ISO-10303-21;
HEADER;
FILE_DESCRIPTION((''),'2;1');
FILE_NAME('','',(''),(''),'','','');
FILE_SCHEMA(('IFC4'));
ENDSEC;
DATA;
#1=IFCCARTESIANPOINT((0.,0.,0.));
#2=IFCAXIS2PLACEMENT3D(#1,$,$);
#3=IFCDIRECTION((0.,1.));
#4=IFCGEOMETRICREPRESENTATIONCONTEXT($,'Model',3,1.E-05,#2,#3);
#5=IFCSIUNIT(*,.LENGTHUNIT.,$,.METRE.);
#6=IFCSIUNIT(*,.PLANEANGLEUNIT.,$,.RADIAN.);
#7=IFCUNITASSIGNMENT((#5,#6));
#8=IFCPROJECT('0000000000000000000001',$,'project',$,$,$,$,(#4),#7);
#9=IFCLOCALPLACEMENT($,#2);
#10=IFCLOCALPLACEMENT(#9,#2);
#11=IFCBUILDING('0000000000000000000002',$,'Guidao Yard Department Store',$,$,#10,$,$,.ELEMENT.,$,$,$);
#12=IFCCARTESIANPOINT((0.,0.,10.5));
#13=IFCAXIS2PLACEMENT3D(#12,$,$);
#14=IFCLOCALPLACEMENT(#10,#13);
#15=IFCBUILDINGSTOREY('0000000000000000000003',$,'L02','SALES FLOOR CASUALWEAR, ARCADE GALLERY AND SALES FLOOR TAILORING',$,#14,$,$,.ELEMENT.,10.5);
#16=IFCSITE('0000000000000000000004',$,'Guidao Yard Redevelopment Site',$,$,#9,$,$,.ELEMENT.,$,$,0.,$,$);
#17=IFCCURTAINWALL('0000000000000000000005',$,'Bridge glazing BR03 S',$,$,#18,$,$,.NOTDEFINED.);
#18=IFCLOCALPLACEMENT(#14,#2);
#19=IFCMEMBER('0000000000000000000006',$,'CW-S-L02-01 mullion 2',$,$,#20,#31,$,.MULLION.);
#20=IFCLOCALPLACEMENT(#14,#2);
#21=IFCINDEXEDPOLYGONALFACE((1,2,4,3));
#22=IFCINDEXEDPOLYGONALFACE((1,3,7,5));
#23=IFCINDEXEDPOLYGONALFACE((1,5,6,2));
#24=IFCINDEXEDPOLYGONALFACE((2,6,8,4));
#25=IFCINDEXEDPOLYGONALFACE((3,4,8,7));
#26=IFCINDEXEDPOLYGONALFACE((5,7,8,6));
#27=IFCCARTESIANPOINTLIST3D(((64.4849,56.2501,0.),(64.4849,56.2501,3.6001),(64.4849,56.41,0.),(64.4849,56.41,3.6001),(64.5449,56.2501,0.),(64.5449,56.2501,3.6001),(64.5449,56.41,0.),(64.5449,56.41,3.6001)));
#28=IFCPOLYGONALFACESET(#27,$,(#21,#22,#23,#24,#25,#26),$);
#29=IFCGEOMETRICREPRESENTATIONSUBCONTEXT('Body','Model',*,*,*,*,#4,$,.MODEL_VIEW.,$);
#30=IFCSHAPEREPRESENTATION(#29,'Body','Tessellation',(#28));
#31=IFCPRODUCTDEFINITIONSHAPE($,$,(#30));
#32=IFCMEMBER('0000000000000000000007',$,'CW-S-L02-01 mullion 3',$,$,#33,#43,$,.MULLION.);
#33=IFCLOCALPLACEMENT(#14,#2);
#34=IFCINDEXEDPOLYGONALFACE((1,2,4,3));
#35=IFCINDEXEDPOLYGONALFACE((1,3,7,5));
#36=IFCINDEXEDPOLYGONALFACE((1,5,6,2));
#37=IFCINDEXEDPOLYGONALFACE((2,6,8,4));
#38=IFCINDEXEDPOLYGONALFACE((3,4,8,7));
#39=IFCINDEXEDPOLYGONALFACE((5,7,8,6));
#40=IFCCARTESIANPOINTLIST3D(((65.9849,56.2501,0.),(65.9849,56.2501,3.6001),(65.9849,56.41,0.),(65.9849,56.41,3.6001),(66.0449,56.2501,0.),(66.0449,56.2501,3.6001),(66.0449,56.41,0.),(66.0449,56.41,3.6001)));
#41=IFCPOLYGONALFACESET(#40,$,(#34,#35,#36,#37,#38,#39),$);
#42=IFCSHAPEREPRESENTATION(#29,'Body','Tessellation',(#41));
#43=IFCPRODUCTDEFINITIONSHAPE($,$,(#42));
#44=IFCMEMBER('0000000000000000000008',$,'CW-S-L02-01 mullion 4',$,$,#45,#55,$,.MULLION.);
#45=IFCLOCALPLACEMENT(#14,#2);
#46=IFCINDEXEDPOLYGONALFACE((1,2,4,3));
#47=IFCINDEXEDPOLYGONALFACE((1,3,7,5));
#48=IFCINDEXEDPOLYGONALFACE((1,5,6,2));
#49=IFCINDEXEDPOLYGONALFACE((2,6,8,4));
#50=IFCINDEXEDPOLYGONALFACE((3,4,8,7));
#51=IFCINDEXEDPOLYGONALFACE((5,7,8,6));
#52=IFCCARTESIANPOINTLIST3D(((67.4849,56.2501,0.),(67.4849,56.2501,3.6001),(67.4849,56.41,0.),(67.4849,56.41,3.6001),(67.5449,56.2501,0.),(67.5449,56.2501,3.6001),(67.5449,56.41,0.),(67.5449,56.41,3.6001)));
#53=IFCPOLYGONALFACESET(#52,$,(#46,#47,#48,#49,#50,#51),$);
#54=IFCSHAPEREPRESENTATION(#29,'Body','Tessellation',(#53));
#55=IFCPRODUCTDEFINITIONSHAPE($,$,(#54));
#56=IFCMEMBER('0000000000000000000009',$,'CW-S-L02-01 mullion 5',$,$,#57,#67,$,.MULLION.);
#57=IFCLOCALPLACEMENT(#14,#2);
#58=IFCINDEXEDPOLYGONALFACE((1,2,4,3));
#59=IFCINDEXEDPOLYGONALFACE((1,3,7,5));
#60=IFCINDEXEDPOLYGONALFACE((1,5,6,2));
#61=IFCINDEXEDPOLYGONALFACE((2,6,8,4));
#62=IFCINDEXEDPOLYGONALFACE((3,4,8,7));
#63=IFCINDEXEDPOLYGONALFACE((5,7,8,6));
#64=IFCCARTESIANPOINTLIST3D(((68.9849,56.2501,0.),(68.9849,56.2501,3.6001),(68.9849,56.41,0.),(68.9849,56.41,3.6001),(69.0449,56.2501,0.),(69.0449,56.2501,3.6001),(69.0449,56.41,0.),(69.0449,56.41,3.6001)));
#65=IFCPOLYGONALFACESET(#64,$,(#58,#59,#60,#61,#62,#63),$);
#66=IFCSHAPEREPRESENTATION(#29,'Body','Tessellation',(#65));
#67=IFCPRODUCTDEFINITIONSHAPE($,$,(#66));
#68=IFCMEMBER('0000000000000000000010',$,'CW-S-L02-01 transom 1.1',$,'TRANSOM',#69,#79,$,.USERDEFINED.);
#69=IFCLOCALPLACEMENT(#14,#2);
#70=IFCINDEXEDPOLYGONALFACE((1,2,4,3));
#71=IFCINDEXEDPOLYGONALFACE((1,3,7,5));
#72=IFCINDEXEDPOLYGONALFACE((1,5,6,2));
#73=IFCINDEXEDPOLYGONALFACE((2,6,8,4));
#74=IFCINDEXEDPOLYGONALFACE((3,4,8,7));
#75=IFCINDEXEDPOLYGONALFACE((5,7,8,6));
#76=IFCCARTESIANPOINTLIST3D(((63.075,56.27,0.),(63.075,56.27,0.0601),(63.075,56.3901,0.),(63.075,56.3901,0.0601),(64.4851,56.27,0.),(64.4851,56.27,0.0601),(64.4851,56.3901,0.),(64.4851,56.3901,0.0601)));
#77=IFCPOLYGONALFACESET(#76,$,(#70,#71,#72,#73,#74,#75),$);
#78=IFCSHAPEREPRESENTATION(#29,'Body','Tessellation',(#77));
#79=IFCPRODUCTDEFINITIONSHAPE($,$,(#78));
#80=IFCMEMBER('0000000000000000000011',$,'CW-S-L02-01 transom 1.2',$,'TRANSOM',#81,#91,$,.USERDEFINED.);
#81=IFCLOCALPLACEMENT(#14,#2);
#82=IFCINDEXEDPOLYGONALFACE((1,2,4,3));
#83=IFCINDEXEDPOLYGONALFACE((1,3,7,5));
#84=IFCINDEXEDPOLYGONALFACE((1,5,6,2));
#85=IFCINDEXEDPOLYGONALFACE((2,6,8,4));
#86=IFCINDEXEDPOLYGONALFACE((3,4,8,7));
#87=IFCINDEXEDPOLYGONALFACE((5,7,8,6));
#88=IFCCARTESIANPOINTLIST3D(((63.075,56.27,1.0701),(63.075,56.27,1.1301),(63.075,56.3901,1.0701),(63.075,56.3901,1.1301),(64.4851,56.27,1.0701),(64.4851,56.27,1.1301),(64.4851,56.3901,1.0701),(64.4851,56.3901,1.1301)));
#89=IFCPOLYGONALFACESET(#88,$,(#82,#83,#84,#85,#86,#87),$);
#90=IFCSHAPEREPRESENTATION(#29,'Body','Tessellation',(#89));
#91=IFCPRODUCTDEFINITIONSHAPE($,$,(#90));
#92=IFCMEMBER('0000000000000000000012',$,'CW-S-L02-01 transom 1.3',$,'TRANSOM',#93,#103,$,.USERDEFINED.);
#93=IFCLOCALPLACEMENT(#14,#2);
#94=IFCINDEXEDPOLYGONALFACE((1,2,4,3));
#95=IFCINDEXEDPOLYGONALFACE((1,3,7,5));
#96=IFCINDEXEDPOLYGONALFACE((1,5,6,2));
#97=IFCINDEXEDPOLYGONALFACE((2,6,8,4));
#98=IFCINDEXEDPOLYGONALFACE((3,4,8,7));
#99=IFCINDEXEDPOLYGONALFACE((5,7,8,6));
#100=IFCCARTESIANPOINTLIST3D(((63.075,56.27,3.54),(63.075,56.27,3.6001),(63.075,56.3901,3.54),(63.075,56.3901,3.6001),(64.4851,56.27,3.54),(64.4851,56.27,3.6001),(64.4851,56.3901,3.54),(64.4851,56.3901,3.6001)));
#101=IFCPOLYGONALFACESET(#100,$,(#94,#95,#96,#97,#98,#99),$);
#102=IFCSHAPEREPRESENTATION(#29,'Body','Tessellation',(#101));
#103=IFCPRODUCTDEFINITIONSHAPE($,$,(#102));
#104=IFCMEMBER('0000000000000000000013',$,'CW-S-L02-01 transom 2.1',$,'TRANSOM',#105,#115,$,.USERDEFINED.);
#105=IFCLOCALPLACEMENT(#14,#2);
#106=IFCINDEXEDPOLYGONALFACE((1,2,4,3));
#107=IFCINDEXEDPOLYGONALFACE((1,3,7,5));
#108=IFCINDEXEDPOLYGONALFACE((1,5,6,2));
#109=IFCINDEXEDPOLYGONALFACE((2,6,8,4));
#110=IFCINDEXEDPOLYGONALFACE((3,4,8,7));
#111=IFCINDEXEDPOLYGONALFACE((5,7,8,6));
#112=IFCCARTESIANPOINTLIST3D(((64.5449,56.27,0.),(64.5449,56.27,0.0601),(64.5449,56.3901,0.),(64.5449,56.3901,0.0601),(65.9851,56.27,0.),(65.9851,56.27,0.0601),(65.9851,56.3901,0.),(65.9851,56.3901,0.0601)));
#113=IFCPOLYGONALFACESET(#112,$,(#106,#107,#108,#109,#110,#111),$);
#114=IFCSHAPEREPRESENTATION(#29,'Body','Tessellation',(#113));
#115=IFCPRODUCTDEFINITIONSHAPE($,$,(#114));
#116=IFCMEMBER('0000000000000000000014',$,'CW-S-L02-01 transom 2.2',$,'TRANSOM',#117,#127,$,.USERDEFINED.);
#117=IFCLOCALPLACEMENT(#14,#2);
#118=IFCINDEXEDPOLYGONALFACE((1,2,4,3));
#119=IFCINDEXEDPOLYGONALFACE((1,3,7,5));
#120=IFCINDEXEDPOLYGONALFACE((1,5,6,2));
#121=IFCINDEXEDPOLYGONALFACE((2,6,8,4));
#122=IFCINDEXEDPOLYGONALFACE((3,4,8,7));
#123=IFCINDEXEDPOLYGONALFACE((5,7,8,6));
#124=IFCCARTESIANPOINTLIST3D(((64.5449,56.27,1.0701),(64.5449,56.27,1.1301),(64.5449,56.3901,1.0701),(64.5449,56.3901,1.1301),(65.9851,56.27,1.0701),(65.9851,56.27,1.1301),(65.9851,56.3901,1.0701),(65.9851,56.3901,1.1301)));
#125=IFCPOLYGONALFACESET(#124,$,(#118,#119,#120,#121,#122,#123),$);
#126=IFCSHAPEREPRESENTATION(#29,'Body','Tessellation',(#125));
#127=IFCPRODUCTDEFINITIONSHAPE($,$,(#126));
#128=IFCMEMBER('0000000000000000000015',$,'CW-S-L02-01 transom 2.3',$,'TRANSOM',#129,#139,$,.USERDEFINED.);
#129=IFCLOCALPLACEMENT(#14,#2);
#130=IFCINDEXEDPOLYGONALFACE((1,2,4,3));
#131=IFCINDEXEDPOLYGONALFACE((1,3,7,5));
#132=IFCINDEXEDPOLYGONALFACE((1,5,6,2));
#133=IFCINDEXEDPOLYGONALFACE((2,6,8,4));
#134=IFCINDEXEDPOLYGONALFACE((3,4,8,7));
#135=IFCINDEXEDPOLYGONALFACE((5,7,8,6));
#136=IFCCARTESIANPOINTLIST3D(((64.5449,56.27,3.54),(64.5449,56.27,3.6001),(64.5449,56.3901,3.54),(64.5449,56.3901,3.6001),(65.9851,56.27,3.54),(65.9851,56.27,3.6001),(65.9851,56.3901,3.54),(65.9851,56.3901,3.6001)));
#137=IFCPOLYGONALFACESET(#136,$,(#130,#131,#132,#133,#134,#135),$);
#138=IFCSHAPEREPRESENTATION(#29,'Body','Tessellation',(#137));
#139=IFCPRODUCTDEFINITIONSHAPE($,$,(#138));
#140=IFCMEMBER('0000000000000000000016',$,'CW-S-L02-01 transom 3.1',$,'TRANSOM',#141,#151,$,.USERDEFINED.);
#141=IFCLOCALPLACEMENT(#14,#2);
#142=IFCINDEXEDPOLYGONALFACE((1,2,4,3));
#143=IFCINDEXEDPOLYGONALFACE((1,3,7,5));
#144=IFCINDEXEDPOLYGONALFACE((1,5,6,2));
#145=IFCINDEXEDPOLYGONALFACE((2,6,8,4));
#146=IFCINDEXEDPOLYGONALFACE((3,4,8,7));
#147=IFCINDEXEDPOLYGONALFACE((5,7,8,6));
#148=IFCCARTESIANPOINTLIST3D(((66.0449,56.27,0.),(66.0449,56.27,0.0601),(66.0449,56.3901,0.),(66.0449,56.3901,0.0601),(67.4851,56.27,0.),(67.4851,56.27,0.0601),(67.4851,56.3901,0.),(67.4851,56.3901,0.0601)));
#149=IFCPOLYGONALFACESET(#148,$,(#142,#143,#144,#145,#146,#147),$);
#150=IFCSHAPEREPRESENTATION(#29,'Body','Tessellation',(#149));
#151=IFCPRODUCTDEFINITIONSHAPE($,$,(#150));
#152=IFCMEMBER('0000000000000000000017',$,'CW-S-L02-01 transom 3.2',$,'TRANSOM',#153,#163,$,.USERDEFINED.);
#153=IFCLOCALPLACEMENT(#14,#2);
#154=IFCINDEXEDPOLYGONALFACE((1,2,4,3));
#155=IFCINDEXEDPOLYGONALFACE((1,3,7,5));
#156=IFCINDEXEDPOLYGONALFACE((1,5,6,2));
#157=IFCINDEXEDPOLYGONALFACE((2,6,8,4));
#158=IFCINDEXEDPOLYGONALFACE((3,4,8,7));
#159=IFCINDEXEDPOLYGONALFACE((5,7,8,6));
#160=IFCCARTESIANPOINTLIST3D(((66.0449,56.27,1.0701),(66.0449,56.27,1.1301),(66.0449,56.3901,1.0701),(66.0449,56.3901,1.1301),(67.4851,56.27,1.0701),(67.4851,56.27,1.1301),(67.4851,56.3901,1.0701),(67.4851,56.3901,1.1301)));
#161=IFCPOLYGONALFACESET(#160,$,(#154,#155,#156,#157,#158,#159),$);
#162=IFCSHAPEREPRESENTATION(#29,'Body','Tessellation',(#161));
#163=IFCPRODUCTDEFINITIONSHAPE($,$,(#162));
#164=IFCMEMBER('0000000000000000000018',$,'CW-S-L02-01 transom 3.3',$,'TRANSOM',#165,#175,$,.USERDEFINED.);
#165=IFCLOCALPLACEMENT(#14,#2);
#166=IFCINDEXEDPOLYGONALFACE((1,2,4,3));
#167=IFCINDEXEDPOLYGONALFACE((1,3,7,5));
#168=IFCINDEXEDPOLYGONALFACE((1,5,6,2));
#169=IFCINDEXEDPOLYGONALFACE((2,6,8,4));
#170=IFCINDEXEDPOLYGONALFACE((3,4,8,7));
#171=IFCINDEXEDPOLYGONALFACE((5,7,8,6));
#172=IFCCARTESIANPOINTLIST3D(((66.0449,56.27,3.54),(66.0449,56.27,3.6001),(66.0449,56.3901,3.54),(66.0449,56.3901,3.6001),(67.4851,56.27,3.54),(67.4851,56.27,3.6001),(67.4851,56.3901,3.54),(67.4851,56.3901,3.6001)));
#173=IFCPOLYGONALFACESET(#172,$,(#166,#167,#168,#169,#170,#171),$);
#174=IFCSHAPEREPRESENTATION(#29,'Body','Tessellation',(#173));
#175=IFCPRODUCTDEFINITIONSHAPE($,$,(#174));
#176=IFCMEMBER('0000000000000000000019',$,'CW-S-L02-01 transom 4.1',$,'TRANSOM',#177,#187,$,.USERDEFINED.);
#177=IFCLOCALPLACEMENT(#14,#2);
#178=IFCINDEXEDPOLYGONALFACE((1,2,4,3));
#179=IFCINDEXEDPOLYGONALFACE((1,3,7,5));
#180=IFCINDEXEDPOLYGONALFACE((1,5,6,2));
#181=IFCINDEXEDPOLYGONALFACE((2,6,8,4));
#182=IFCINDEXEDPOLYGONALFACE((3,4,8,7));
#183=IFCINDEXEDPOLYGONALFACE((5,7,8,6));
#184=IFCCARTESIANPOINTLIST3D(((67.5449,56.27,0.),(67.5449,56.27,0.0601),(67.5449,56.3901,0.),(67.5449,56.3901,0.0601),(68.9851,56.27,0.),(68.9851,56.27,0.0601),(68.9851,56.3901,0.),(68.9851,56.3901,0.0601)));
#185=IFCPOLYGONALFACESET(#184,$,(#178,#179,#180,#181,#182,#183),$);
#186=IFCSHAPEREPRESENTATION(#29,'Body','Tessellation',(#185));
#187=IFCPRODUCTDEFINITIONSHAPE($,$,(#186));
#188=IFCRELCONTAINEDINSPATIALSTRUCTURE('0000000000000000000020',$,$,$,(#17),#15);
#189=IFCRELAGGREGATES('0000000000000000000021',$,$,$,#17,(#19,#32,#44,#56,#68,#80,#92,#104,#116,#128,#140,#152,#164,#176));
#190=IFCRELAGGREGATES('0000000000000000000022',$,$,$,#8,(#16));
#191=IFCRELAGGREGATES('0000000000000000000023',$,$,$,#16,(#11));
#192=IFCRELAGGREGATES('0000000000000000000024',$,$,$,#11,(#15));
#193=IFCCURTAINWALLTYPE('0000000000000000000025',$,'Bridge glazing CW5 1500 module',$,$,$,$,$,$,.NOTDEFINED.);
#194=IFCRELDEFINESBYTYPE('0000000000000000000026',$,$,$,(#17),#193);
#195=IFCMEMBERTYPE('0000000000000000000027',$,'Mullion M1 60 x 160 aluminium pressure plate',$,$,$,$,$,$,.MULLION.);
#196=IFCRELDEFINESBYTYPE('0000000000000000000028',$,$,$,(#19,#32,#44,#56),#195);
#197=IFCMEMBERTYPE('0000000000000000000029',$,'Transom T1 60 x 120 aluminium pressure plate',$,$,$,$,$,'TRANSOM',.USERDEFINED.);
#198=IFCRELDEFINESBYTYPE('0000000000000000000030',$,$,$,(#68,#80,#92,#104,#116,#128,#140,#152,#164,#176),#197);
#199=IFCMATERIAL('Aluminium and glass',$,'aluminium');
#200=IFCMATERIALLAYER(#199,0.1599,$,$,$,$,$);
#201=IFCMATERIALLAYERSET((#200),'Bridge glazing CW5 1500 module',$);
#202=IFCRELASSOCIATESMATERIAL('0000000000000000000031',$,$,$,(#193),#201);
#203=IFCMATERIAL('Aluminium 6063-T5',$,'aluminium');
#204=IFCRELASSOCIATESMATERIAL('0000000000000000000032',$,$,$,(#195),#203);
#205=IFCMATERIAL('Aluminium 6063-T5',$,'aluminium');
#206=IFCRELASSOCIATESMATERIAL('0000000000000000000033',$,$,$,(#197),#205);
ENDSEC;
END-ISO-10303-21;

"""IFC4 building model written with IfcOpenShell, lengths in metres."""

from ifc_helpers import new_model, si_unit, direction, frame, origin, origin_2d, place, context, subcontext, project, spatial, rectangle, extrude, material, layer, layer_set, material_profile, profile_set, type_object, element, aggregate, save


model = new_model("IFC4")

# Units and contexts
model_context = context("Model", 3, precision=1e-05, world=origin(), true_north=direction((0.0, 1.0)))
body_context = subcontext(model_context, "Body", "Model", "MODEL_VIEW")
ifc_project = project(units=[si_unit("LENGTHUNIT", "METRE"), si_unit("PLANEANGLEUNIT", "RADIAN")], contexts=[model_context])

# Site, building, storey
site_placement = place(None, origin())
site = spatial("IfcSite", under=ifc_project, at=site_placement, Name="Guidao Yard Redevelopment Site", CompositionType="ELEMENT", RefElevation=0.0)
building_placement = place(site_placement, origin())
building = spatial("IfcBuilding", under=site, at=building_placement, Name="Guidao Yard Department Store", CompositionType="ELEMENT")
storey_placement = place(building_placement, frame((0.0, 0.0, 10.5)))
storey = spatial("IfcBuildingStorey", under=building, at=storey_placement, Name="L02", Description="SALES FLOOR CASUALWEAR, ARCADE GALLERY AND SALES FLOOR TAILORING", CompositionType="ELEMENT", Elevation=10.5)

# Curtain wall, members
ifc_material_1 = material(Name="Aluminium and glass", Category="aluminium")
ifc_layer_1 = layer(ifc_material_1, 0.1599)
ifc_layer_set_1 = layer_set([ifc_layer_1], Name="Bridge glazing CW5 1500 module")
curtain_wall_type = type_object("IfcCurtainWallType", Name="Bridge glazing CW5 1500 module", PredefinedType="NOTDEFINED", material=ifc_layer_set_1)
curtain_wall_placement = place(storey_placement, origin())
curtain_wall = element("IfcCurtainWall", 1, at=curtain_wall_placement, inside=storey, type_object=curtain_wall_type, Name="Bridge glazing BR03 S", PredefinedType="NOTDEFINED")
ifc_material_2 = material(Name="Aluminium 6063-T5", Category="aluminium")
ifc_material_profile_1 = material_profile(ifc_material_2, rectangle(XDim=0.0601, YDim=0.1599, at=origin_2d()), Name="Mullion M1 60 x 160 aluminium pressure plate")
ifc_profile_set_1 = profile_set([ifc_material_profile_1], Name="Aluminium 6063-T5")
member_type_1 = type_object("IfcMemberType", Name="Mullion M1 60 x 160 aluminium pressure plate", PredefinedType="MULLION", material=ifc_profile_set_1)
member_1_placement = place(storey_placement, frame((64.5149, 56.3301, 0.0), z_axis=(0.0, 0.0, 1.0), x_axis=(-1.0, 0.0, 0.0)))
member_1 = element("IfcMember", 2, at=member_1_placement, type_object=member_type_1, Name="CW-S-L02-01 mullion 2", PredefinedType="MULLION", context=body_context, shape_type="SweptSolid", body=[
    extrude(rectangle(XDim=0.0601, YDim=0.1599, at=origin_2d()), origin(), (0.0, 0.0, 1.0), 3.6001),
])
member_2_placement = place(storey_placement, frame((66.0149, 56.3301, 0.0), z_axis=(0.0, 0.0, 1.0), x_axis=(-1.0, 0.0, 0.0)))
member_2 = element("IfcMember", 3, at=member_2_placement, type_object=member_type_1, Name="CW-S-L02-01 mullion 3", PredefinedType="MULLION", context=body_context, shape_type="SweptSolid", body=[
    extrude(rectangle(XDim=0.0601, YDim=0.1599, at=origin_2d()), origin(), (0.0, 0.0, 1.0), 3.6001),
])
member_3_placement = place(storey_placement, frame((67.5149, 56.3301, 0.0), z_axis=(0.0, 0.0, 1.0), x_axis=(-1.0, 0.0, 0.0)))
member_3 = element("IfcMember", 4, at=member_3_placement, type_object=member_type_1, Name="CW-S-L02-01 mullion 4", PredefinedType="MULLION", context=body_context, shape_type="SweptSolid", body=[
    extrude(rectangle(XDim=0.0601, YDim=0.1599, at=origin_2d()), origin(), (0.0, 0.0, 1.0), 3.6001),
])
member_4_placement = place(storey_placement, frame((69.0149, 56.3301, 0.0), z_axis=(0.0, 0.0, 1.0), x_axis=(-1.0, 0.0, 0.0)))
member_4 = element("IfcMember", 5, at=member_4_placement, type_object=member_type_1, Name="CW-S-L02-01 mullion 5", PredefinedType="MULLION", context=body_context, shape_type="SweptSolid", body=[
    extrude(rectangle(XDim=0.0601, YDim=0.1599, at=origin_2d()), origin(), (0.0, 0.0, 1.0), 3.6001),
])
ifc_material_3 = material(Name="Aluminium 6063-T5", Category="aluminium")
ifc_material_profile_2 = material_profile(ifc_material_3, rectangle(XDim=0.1201, YDim=0.0601, at=origin_2d()), Name="Transom T1 60 x 120 aluminium pressure plate")
ifc_profile_set_2 = profile_set([ifc_material_profile_2], Name="Aluminium 6063-T5")
member_type_2 = type_object("IfcMemberType", Name="Transom T1 60 x 120 aluminium pressure plate", ElementType="TRANSOM", PredefinedType="USERDEFINED", material=ifc_profile_set_2)
member_5_placement = place(storey_placement, frame((64.4851, 56.3301, 0.03), z_axis=(-1.0, 0.0, 0.0), x_axis=(0.0, -1.0, 0.0)))
member_5 = element("IfcMember", 6, at=member_5_placement, type_object=member_type_2, Name="CW-S-L02-01 transom 1.1", ObjectType="TRANSOM", PredefinedType="USERDEFINED", context=body_context, shape_type="SweptSolid", body=[
    extrude(rectangle(XDim=0.1201, YDim=0.0601, at=origin_2d()), origin(), (0.0, 0.0, 1.0), 1.4102),
])
member_6_placement = place(storey_placement, frame((64.4851, 56.3301, 1.1001), z_axis=(-1.0, 0.0, 0.0), x_axis=(0.0, -1.0, 0.0)))
member_6 = element("IfcMember", 7, at=member_6_placement, type_object=member_type_2, Name="CW-S-L02-01 transom 1.2", ObjectType="TRANSOM", PredefinedType="USERDEFINED", context=body_context, shape_type="SweptSolid", body=[
    extrude(rectangle(XDim=0.1201, YDim=0.0601, at=origin_2d()), origin(), (0.0, 0.0, 1.0), 1.4102),
])
member_7_placement = place(storey_placement, frame((64.4851, 56.3301, 3.5701), z_axis=(-1.0, 0.0, 0.0), x_axis=(0.0, -1.0, 0.0)))
member_7 = element("IfcMember", 8, at=member_7_placement, type_object=member_type_2, Name="CW-S-L02-01 transom 1.3", ObjectType="TRANSOM", PredefinedType="USERDEFINED", context=body_context, shape_type="SweptSolid", body=[
    extrude(rectangle(XDim=0.1201, YDim=0.0601, at=origin_2d()), origin(), (0.0, 0.0, 1.0), 1.4102),
])
member_8_placement = place(storey_placement, frame((65.9851, 56.3301, 0.03), z_axis=(-1.0, 0.0, 0.0), x_axis=(0.0, -1.0, 0.0)))
member_8 = element("IfcMember", 9, at=member_8_placement, type_object=member_type_2, Name="CW-S-L02-01 transom 2.1", ObjectType="TRANSOM", PredefinedType="USERDEFINED", context=body_context, shape_type="SweptSolid", body=[
    extrude(rectangle(XDim=0.1201, YDim=0.0601, at=origin_2d()), origin(), (0.0, 0.0, 1.0), 1.4402),
])
member_9_placement = place(storey_placement, frame((65.9851, 56.3301, 1.1001), z_axis=(-1.0, 0.0, 0.0), x_axis=(0.0, -1.0, 0.0)))
member_9 = element("IfcMember", 10, at=member_9_placement, type_object=member_type_2, Name="CW-S-L02-01 transom 2.2", ObjectType="TRANSOM", PredefinedType="USERDEFINED", context=body_context, shape_type="SweptSolid", body=[
    extrude(rectangle(XDim=0.1201, YDim=0.0601, at=origin_2d()), origin(), (0.0, 0.0, 1.0), 1.4402),
])
member_10_placement = place(storey_placement, frame((65.9851, 56.3301, 3.5701), z_axis=(-1.0, 0.0, 0.0), x_axis=(0.0, -1.0, 0.0)))
member_10 = element("IfcMember", 11, at=member_10_placement, type_object=member_type_2, Name="CW-S-L02-01 transom 2.3", ObjectType="TRANSOM", PredefinedType="USERDEFINED", context=body_context, shape_type="SweptSolid", body=[
    extrude(rectangle(XDim=0.1201, YDim=0.0601, at=origin_2d()), origin(), (0.0, 0.0, 1.0), 1.4402),
])
member_11_placement = place(storey_placement, frame((67.4851, 56.3301, 0.03), z_axis=(-1.0, 0.0, 0.0), x_axis=(0.0, -1.0, 0.0)))
member_11 = element("IfcMember", 12, at=member_11_placement, type_object=member_type_2, Name="CW-S-L02-01 transom 3.1", ObjectType="TRANSOM", PredefinedType="USERDEFINED", context=body_context, shape_type="SweptSolid", body=[
    extrude(rectangle(XDim=0.1201, YDim=0.0601, at=origin_2d()), origin(), (0.0, 0.0, 1.0), 1.4402),
])
member_12_placement = place(storey_placement, frame((67.4851, 56.3301, 1.1001), z_axis=(-1.0, 0.0, 0.0), x_axis=(0.0, -1.0, 0.0)))
member_12 = element("IfcMember", 13, at=member_12_placement, type_object=member_type_2, Name="CW-S-L02-01 transom 3.2", ObjectType="TRANSOM", PredefinedType="USERDEFINED", context=body_context, shape_type="SweptSolid", body=[
    extrude(rectangle(XDim=0.1201, YDim=0.0601, at=origin_2d()), origin(), (0.0, 0.0, 1.0), 1.4402),
])
member_13_placement = place(storey_placement, frame((67.4851, 56.3301, 3.5701), z_axis=(-1.0, 0.0, 0.0), x_axis=(0.0, -1.0, 0.0)))
member_13 = element("IfcMember", 14, at=member_13_placement, type_object=member_type_2, Name="CW-S-L02-01 transom 3.3", ObjectType="TRANSOM", PredefinedType="USERDEFINED", context=body_context, shape_type="SweptSolid", body=[
    extrude(rectangle(XDim=0.1201, YDim=0.0601, at=origin_2d()), origin(), (0.0, 0.0, 1.0), 1.4402),
])
member_14_placement = place(storey_placement, frame((68.9851, 56.3301, 0.03), z_axis=(-1.0, 0.0, 0.0), x_axis=(0.0, -1.0, 0.0)))
member_14 = element("IfcMember", 15, at=member_14_placement, type_object=member_type_2, Name="CW-S-L02-01 transom 4.1", ObjectType="TRANSOM", PredefinedType="USERDEFINED", context=body_context, shape_type="SweptSolid", body=[
    extrude(rectangle(XDim=0.1201, YDim=0.0601, at=origin_2d()), origin(), (0.0, 0.0, 1.0), 1.4402),
])
aggregate(curtain_wall, [member_1, member_2, member_3, member_4, member_5, member_6, member_7, member_8, member_9, member_10, member_11, member_12, member_13, member_14])

save(model, "model.ifc")
